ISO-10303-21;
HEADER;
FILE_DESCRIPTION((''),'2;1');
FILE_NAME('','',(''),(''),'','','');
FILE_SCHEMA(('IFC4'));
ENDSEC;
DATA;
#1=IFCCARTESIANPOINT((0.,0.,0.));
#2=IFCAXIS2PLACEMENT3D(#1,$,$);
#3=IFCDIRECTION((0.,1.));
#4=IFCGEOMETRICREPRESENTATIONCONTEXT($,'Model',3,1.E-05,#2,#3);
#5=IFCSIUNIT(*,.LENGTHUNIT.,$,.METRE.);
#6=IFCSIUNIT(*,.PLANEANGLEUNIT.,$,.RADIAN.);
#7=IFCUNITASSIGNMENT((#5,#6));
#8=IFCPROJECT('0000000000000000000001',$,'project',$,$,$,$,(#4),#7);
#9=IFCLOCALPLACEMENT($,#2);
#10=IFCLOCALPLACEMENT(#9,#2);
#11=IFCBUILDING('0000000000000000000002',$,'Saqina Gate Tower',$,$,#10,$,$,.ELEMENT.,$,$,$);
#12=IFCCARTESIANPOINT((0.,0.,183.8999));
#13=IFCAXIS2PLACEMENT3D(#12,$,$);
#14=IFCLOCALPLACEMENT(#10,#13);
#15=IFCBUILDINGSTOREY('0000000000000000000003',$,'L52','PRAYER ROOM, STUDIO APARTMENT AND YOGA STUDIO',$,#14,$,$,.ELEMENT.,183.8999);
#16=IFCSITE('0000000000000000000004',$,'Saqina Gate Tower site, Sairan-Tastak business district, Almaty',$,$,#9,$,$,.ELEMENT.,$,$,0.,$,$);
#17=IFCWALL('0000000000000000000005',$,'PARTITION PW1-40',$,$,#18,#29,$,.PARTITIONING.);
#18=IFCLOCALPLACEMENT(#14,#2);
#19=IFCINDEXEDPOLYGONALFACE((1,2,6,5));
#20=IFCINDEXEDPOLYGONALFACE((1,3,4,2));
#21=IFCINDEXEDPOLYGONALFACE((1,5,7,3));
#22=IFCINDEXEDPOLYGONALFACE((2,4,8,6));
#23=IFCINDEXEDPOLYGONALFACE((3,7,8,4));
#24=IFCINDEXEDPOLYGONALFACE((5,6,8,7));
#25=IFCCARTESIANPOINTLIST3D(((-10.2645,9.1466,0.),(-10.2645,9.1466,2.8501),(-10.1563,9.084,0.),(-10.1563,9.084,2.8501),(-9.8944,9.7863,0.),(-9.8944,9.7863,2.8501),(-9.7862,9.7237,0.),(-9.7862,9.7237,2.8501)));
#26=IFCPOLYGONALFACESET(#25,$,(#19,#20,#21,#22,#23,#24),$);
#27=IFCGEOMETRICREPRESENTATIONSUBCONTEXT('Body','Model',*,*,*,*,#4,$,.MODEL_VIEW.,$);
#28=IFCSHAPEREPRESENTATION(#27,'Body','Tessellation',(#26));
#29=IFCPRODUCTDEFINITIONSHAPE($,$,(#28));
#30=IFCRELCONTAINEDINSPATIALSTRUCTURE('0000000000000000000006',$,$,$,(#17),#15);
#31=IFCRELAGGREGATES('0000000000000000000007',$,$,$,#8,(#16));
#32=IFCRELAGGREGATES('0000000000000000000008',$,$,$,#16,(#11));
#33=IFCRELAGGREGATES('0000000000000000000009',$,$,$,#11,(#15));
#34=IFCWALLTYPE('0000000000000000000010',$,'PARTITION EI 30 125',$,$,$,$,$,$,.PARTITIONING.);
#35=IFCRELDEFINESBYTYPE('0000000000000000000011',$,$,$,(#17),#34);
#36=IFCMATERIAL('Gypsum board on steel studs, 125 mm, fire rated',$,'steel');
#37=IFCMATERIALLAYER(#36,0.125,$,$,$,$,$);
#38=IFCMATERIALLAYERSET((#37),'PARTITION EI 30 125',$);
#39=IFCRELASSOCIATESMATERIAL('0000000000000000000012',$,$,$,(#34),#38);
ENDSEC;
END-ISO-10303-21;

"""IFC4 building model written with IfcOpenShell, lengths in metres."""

from ifc_helpers import new_model, si_unit, direction, frame, frame_2d, origin, place, context, subcontext, project, spatial, rectangle, extrude, material, layer, layer_set, type_object, element, save


model = new_model("IFC4")

# Units and contexts
model_context = context("Model", 3, precision=1e-05, world=origin(), true_north=direction((0.0, 1.0)))
body_context = subcontext(model_context, "Body", "Model", "MODEL_VIEW")
ifc_project = project(units=[si_unit("LENGTHUNIT", "METRE"), si_unit("PLANEANGLEUNIT", "RADIAN")], contexts=[model_context])

# Site, building, storey
site_placement = place(None, origin())
site = spatial("IfcSite", under=ifc_project, at=site_placement, Name="Saqina Gate Tower site, Sairan-Tastak business district, Almaty", CompositionType="ELEMENT", RefElevation=0.0)
building_placement = place(site_placement, origin())
building = spatial("IfcBuilding", under=site, at=building_placement, Name="Saqina Gate Tower", CompositionType="ELEMENT")
storey_placement = place(building_placement, frame((0.0, 0.0, 183.8999)))
storey = spatial("IfcBuildingStorey", under=building, at=storey_placement, Name="L52", Description="PRAYER ROOM, STUDIO APARTMENT AND YOGA STUDIO", CompositionType="ELEMENT", Elevation=183.8999)

# Shared definitions
ifc_material_1 = material(Name="Gypsum board on steel studs, 125 mm, fire rated", Category="steel")
ifc_layer_1 = layer(ifc_material_1, 0.125)
ifc_layer_set_1 = layer_set([ifc_layer_1], Name="PARTITION EI 30 125")
wall_type_1 = type_object("IfcWallType", Name="PARTITION EI 30 125", PredefinedType="PARTITIONING", material=ifc_layer_set_1)

# Wall
wall_1_placement = place(storey_placement, frame((-10.2104, 9.1152, 0.0), z_axis=(0.0, 0.0, 1.0), x_axis=(0.500828, 0.865547, 0.0)))
element("IfcWall", 1, at=wall_1_placement, inside=storey, type_object=wall_type_1, Name="PARTITION PW1-40", PredefinedType="PARTITIONING", context=body_context, shape_type="SweptSolid", body=[
    extrude(rectangle(XDim=0.739, YDim=0.125, at=frame_2d((0.3696, 0.0))), origin(), (0.0, 0.0, 1.0), 2.8501),
])

save(model, "model.ifc")
